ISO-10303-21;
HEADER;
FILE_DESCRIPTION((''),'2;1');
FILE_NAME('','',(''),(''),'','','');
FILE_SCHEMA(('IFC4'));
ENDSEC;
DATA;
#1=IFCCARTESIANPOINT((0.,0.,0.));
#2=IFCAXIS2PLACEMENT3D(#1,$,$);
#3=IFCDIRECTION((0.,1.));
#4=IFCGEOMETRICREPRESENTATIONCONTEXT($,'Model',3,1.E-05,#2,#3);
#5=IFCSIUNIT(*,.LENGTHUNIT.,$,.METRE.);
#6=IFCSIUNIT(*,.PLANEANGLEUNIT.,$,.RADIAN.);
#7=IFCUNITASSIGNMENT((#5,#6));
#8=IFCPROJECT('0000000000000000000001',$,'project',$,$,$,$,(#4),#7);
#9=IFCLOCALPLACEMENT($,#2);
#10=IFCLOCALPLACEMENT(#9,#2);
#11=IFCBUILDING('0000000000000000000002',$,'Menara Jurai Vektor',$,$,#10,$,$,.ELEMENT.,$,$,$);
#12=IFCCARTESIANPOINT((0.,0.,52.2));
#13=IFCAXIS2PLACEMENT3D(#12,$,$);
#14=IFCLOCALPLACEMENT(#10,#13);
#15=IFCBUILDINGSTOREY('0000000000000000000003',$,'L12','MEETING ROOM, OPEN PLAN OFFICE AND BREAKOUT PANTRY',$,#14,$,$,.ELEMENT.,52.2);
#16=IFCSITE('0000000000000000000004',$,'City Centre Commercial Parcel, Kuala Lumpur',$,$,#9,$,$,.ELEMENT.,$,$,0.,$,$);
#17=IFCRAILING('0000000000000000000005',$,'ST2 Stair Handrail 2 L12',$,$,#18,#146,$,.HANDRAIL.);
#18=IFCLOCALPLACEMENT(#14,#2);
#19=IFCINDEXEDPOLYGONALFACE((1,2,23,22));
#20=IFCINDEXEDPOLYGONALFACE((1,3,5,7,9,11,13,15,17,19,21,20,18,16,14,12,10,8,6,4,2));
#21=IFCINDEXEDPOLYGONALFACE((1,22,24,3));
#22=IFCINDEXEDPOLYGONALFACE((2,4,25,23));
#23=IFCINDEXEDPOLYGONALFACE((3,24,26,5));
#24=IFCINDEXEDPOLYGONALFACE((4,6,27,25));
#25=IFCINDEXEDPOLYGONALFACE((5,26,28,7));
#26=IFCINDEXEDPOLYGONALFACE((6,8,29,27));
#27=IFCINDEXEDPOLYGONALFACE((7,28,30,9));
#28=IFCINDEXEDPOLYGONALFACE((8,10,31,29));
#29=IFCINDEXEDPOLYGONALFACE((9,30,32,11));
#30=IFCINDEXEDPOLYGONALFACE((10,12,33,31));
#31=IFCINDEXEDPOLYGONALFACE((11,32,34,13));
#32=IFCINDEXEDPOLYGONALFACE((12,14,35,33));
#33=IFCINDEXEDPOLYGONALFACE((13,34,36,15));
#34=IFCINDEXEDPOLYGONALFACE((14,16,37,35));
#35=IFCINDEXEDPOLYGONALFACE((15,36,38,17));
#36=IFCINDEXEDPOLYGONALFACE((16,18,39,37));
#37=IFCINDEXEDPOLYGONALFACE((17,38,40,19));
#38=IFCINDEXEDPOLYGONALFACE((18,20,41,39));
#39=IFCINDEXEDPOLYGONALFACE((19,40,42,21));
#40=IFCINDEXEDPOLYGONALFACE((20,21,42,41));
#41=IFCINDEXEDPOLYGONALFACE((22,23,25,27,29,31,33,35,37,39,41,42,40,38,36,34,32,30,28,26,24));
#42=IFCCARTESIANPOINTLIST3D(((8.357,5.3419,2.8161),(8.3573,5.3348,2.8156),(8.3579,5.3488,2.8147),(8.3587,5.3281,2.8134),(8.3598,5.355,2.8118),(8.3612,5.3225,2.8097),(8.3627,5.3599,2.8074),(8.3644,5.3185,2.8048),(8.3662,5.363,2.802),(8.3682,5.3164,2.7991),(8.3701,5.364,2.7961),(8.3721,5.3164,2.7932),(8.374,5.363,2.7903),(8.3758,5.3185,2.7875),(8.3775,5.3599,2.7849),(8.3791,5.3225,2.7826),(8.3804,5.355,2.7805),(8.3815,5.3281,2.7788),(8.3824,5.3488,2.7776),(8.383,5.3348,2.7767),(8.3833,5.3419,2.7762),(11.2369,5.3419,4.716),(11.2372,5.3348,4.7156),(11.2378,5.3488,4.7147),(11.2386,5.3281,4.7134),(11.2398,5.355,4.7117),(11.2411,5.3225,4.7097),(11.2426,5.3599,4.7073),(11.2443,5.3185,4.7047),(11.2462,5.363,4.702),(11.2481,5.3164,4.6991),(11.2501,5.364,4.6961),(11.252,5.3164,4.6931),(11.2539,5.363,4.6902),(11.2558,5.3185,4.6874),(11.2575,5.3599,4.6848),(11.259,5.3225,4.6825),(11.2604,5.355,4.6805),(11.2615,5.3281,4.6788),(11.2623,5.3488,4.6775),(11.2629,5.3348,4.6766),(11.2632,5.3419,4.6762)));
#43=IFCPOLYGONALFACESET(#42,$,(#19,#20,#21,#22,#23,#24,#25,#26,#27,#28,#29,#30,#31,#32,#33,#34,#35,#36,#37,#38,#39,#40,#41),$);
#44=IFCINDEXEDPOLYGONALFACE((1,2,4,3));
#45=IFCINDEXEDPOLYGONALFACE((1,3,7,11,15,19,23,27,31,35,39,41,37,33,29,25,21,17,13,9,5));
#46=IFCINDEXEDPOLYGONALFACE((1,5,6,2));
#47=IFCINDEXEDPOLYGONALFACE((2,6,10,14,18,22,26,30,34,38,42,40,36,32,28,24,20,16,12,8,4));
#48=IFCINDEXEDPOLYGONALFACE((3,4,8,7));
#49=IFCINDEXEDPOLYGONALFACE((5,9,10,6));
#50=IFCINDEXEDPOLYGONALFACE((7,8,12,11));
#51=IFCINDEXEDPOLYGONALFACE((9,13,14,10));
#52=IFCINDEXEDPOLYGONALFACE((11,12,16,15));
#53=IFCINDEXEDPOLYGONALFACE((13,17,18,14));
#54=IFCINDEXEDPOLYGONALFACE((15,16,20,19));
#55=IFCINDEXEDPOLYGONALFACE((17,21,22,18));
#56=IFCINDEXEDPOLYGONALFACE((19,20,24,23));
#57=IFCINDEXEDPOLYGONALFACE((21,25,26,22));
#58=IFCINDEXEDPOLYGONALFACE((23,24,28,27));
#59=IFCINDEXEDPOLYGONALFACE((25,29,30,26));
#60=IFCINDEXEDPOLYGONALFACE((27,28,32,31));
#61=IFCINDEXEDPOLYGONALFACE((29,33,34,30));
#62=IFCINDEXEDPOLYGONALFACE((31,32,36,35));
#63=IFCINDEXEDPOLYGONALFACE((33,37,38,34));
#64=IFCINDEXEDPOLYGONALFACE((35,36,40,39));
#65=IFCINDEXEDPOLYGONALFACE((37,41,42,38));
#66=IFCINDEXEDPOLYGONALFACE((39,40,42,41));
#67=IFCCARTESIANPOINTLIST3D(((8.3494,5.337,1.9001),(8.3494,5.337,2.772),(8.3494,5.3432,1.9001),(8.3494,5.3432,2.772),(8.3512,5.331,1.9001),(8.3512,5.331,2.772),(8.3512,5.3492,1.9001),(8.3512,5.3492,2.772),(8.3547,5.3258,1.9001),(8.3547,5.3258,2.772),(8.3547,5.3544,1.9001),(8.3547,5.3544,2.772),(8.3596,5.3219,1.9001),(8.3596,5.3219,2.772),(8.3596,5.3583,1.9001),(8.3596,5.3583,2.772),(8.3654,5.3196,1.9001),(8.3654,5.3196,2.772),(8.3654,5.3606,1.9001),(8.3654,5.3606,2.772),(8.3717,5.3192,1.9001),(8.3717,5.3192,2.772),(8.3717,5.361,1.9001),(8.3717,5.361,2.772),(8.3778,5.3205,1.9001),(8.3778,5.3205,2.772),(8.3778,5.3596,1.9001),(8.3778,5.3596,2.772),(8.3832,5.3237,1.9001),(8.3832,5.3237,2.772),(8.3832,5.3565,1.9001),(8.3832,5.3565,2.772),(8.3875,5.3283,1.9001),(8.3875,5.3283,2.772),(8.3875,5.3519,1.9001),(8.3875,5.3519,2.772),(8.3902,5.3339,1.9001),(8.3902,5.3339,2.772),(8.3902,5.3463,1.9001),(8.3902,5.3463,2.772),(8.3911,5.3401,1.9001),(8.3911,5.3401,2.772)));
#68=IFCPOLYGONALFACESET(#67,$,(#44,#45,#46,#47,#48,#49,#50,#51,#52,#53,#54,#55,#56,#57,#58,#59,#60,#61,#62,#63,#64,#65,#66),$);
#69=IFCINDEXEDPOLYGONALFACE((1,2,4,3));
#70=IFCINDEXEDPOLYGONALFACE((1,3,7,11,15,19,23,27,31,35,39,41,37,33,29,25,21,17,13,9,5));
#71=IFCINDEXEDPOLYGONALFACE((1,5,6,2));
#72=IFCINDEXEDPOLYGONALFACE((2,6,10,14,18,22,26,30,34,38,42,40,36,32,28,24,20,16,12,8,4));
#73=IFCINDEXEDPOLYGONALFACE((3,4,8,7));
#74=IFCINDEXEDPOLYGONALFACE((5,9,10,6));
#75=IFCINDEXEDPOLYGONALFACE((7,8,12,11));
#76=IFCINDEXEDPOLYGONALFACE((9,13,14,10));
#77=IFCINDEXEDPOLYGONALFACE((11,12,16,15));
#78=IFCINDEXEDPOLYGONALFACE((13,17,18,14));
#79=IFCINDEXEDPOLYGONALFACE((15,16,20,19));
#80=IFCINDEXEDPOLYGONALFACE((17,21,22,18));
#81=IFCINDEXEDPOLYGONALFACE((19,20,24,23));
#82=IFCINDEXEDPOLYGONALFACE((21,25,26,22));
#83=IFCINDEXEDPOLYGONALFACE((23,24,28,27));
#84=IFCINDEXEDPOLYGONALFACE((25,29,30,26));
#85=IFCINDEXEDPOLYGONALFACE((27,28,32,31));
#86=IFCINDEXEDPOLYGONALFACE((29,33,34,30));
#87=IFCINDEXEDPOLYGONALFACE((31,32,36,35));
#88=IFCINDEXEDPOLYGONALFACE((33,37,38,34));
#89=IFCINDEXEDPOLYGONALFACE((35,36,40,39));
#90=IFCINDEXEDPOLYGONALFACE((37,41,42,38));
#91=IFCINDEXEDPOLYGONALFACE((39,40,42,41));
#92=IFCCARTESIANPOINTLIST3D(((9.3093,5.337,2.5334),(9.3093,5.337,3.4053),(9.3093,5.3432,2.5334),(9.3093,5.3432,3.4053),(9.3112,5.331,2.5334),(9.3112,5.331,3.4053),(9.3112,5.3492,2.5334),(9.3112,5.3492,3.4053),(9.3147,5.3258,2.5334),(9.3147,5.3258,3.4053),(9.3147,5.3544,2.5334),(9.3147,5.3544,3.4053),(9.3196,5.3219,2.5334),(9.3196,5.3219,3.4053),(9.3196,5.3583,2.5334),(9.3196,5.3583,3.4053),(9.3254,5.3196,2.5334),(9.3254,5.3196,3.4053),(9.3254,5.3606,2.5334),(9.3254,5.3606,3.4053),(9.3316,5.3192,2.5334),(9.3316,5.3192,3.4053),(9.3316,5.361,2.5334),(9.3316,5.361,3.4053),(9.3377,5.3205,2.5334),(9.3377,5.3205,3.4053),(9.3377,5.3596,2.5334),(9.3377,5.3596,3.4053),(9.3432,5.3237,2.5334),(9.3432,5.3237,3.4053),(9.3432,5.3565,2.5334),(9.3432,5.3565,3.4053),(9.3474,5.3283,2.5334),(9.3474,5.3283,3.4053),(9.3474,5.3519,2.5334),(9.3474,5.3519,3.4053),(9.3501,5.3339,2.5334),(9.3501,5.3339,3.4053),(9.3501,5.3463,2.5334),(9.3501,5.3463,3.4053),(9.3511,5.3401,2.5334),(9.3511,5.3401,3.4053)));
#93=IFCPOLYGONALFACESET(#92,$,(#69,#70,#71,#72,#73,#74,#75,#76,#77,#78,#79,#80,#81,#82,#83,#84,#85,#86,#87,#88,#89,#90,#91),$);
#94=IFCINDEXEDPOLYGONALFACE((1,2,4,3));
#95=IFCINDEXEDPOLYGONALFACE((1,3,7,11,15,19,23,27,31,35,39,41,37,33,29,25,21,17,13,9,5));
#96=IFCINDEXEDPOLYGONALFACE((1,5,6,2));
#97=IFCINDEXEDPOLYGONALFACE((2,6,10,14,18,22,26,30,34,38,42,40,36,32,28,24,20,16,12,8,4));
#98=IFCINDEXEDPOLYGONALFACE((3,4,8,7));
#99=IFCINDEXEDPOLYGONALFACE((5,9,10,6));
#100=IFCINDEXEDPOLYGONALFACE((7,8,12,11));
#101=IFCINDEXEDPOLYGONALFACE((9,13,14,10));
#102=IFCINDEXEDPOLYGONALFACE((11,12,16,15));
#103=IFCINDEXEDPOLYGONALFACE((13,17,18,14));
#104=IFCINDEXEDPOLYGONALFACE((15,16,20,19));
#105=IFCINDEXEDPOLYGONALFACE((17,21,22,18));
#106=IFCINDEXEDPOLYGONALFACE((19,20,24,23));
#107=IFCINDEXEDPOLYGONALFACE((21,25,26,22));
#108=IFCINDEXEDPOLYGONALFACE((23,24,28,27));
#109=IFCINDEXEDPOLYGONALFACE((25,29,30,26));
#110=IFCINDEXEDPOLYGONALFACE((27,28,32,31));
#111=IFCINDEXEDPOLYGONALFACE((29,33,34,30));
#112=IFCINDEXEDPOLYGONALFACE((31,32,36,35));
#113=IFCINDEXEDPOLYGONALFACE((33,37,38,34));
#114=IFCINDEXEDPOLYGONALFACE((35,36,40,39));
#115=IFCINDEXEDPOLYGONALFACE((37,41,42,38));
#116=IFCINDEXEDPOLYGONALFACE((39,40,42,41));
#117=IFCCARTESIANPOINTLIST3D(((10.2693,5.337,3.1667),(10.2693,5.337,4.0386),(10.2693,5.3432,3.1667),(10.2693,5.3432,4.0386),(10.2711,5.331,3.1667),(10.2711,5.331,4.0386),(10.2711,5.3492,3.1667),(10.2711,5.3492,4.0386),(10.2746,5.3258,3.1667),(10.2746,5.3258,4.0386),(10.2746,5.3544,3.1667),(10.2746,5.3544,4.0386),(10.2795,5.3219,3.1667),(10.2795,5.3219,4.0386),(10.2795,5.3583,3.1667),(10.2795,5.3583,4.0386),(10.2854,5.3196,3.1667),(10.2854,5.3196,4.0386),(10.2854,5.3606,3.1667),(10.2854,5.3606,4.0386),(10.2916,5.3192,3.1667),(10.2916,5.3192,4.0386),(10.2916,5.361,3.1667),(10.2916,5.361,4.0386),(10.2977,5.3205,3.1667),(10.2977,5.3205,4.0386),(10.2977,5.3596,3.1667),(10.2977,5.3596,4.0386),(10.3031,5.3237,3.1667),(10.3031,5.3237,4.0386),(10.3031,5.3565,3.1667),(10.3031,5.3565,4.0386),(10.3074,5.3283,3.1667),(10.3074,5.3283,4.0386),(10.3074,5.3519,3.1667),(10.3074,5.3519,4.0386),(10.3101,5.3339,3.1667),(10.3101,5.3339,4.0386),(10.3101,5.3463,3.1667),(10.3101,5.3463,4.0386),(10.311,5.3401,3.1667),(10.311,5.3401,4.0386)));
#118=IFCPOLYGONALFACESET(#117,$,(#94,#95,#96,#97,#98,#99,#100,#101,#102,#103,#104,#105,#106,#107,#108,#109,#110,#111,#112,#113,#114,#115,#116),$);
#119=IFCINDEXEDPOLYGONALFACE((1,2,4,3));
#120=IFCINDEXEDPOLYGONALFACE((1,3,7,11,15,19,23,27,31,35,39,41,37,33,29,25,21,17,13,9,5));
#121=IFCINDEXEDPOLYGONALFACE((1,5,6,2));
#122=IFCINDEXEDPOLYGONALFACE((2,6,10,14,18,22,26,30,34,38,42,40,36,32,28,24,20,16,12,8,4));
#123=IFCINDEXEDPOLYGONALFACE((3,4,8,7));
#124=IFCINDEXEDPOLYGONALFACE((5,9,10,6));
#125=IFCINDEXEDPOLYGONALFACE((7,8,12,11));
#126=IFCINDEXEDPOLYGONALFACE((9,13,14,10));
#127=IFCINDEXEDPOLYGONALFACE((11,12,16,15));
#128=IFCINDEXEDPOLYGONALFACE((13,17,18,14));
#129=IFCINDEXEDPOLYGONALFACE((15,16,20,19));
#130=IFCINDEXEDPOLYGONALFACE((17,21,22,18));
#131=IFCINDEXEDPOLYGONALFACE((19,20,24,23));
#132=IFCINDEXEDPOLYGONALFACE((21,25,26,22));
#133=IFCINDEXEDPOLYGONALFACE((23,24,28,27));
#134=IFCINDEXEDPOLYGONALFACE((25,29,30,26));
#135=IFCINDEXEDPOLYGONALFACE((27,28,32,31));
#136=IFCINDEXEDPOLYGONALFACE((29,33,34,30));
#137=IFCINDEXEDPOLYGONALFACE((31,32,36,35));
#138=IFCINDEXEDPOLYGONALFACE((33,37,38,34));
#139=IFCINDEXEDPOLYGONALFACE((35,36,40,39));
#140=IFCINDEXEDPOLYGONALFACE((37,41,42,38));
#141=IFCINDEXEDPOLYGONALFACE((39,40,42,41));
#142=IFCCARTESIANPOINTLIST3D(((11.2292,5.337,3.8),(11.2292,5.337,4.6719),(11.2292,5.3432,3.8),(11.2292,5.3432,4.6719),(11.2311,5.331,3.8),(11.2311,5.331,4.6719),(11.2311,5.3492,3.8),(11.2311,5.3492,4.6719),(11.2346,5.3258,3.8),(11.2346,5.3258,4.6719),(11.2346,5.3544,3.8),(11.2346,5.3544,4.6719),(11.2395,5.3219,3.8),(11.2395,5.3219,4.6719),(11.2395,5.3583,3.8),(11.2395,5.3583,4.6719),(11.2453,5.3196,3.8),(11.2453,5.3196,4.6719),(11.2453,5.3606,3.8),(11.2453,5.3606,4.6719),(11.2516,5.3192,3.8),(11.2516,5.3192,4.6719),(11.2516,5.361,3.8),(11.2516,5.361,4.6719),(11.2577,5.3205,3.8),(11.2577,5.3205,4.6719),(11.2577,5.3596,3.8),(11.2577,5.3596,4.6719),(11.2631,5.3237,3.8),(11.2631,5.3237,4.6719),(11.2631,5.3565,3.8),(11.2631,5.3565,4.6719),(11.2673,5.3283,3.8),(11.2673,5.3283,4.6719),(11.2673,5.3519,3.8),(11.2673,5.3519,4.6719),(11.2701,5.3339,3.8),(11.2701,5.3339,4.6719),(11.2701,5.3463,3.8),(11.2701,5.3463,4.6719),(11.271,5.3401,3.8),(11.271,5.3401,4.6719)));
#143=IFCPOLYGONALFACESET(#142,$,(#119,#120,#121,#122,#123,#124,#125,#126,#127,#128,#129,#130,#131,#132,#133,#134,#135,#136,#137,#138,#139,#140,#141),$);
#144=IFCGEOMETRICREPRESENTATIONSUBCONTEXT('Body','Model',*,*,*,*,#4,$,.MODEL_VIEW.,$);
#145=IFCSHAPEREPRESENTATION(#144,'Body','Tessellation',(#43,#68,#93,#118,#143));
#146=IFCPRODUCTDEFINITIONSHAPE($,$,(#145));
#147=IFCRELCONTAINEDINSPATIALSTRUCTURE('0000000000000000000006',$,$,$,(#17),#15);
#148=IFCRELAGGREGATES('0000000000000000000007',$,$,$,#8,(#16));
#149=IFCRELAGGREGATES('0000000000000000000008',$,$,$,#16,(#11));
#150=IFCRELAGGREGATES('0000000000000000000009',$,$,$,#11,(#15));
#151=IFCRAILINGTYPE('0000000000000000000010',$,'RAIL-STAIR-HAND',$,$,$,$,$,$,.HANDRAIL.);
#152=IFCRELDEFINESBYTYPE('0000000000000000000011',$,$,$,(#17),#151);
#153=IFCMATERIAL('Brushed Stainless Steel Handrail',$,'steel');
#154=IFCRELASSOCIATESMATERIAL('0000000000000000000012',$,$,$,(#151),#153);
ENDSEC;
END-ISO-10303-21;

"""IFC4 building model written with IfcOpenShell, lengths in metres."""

from ifc_helpers import new_model, si_unit, direction, frame, origin, origin_2d, place, context, subcontext, project, spatial, circle, extrude, material, type_object, element, save


model = new_model("IFC4")

# Units and contexts
model_context = context("Model", 3, precision=1e-05, world=origin(), true_north=direction((0.0, 1.0)))
body_context = subcontext(model_context, "Body", "Model", "MODEL_VIEW")
ifc_project = project(units=[si_unit("LENGTHUNIT", "METRE"), si_unit("PLANEANGLEUNIT", "RADIAN")], contexts=[model_context])

# Site, building, storey
site_placement = place(None, origin())
site = spatial("IfcSite", under=ifc_project, at=site_placement, Name="City Centre Commercial Parcel, Kuala Lumpur", CompositionType="ELEMENT", RefElevation=0.0)
building_placement = place(site_placement, origin())
building = spatial("IfcBuilding", under=site, at=building_placement, Name="Menara Jurai Vektor", CompositionType="ELEMENT")
storey_placement = place(building_placement, frame((0.0, 0.0, 52.2)))
storey = spatial("IfcBuildingStorey", under=building, at=storey_placement, Name="L12", Description="MEETING ROOM, OPEN PLAN OFFICE AND BREAKOUT PANTRY", CompositionType="ELEMENT", Elevation=52.2)

# Railing
ifc_material_1 = material(Name="Brushed Stainless Steel Handrail", Category="steel")
railing_type_1 = type_object("IfcRailingType", Name="RAIL-STAIR-HAND", PredefinedType="HANDRAIL", material=ifc_material_1)
railing_1_placement = place(storey_placement, frame((8.3701, 5.3401, 1.9001)))
element("IfcRailing", 1, at=railing_1_placement, inside=storey, type_object=railing_type_1, Name="ST2 Stair Handrail 2 L12", PredefinedType="HANDRAIL", context=body_context, shape_type="SweptSolid", body=[
    extrude(circle(Radius=0.0239, at=origin_2d()), frame((0.0, 0.0, 0.896), z_axis=(0.834719, 0.0, 0.550677), x_axis=(0.0, 1.0, 0.0)), (0.0, 0.0, 1.0), 3.4502),
    extrude(circle(Radius=0.021, at=origin_2d()), origin(), (0.0, 0.0, 1.0), 0.8718),
    extrude(circle(Radius=0.021, at=origin_2d()), frame((0.96, 0.0, 0.6333)), (0.0, 0.0, 1.0), 0.8718),
    extrude(circle(Radius=0.021, at=origin_2d()), frame((1.9199, 0.0, 1.2666)), (0.0, 0.0, 1.0), 0.8718),
    extrude(circle(Radius=0.021, at=origin_2d()), frame((2.8799, 0.0, 1.8999)), (0.0, 0.0, 1.0), 0.8718),
])

save(model, "model.ifc")
